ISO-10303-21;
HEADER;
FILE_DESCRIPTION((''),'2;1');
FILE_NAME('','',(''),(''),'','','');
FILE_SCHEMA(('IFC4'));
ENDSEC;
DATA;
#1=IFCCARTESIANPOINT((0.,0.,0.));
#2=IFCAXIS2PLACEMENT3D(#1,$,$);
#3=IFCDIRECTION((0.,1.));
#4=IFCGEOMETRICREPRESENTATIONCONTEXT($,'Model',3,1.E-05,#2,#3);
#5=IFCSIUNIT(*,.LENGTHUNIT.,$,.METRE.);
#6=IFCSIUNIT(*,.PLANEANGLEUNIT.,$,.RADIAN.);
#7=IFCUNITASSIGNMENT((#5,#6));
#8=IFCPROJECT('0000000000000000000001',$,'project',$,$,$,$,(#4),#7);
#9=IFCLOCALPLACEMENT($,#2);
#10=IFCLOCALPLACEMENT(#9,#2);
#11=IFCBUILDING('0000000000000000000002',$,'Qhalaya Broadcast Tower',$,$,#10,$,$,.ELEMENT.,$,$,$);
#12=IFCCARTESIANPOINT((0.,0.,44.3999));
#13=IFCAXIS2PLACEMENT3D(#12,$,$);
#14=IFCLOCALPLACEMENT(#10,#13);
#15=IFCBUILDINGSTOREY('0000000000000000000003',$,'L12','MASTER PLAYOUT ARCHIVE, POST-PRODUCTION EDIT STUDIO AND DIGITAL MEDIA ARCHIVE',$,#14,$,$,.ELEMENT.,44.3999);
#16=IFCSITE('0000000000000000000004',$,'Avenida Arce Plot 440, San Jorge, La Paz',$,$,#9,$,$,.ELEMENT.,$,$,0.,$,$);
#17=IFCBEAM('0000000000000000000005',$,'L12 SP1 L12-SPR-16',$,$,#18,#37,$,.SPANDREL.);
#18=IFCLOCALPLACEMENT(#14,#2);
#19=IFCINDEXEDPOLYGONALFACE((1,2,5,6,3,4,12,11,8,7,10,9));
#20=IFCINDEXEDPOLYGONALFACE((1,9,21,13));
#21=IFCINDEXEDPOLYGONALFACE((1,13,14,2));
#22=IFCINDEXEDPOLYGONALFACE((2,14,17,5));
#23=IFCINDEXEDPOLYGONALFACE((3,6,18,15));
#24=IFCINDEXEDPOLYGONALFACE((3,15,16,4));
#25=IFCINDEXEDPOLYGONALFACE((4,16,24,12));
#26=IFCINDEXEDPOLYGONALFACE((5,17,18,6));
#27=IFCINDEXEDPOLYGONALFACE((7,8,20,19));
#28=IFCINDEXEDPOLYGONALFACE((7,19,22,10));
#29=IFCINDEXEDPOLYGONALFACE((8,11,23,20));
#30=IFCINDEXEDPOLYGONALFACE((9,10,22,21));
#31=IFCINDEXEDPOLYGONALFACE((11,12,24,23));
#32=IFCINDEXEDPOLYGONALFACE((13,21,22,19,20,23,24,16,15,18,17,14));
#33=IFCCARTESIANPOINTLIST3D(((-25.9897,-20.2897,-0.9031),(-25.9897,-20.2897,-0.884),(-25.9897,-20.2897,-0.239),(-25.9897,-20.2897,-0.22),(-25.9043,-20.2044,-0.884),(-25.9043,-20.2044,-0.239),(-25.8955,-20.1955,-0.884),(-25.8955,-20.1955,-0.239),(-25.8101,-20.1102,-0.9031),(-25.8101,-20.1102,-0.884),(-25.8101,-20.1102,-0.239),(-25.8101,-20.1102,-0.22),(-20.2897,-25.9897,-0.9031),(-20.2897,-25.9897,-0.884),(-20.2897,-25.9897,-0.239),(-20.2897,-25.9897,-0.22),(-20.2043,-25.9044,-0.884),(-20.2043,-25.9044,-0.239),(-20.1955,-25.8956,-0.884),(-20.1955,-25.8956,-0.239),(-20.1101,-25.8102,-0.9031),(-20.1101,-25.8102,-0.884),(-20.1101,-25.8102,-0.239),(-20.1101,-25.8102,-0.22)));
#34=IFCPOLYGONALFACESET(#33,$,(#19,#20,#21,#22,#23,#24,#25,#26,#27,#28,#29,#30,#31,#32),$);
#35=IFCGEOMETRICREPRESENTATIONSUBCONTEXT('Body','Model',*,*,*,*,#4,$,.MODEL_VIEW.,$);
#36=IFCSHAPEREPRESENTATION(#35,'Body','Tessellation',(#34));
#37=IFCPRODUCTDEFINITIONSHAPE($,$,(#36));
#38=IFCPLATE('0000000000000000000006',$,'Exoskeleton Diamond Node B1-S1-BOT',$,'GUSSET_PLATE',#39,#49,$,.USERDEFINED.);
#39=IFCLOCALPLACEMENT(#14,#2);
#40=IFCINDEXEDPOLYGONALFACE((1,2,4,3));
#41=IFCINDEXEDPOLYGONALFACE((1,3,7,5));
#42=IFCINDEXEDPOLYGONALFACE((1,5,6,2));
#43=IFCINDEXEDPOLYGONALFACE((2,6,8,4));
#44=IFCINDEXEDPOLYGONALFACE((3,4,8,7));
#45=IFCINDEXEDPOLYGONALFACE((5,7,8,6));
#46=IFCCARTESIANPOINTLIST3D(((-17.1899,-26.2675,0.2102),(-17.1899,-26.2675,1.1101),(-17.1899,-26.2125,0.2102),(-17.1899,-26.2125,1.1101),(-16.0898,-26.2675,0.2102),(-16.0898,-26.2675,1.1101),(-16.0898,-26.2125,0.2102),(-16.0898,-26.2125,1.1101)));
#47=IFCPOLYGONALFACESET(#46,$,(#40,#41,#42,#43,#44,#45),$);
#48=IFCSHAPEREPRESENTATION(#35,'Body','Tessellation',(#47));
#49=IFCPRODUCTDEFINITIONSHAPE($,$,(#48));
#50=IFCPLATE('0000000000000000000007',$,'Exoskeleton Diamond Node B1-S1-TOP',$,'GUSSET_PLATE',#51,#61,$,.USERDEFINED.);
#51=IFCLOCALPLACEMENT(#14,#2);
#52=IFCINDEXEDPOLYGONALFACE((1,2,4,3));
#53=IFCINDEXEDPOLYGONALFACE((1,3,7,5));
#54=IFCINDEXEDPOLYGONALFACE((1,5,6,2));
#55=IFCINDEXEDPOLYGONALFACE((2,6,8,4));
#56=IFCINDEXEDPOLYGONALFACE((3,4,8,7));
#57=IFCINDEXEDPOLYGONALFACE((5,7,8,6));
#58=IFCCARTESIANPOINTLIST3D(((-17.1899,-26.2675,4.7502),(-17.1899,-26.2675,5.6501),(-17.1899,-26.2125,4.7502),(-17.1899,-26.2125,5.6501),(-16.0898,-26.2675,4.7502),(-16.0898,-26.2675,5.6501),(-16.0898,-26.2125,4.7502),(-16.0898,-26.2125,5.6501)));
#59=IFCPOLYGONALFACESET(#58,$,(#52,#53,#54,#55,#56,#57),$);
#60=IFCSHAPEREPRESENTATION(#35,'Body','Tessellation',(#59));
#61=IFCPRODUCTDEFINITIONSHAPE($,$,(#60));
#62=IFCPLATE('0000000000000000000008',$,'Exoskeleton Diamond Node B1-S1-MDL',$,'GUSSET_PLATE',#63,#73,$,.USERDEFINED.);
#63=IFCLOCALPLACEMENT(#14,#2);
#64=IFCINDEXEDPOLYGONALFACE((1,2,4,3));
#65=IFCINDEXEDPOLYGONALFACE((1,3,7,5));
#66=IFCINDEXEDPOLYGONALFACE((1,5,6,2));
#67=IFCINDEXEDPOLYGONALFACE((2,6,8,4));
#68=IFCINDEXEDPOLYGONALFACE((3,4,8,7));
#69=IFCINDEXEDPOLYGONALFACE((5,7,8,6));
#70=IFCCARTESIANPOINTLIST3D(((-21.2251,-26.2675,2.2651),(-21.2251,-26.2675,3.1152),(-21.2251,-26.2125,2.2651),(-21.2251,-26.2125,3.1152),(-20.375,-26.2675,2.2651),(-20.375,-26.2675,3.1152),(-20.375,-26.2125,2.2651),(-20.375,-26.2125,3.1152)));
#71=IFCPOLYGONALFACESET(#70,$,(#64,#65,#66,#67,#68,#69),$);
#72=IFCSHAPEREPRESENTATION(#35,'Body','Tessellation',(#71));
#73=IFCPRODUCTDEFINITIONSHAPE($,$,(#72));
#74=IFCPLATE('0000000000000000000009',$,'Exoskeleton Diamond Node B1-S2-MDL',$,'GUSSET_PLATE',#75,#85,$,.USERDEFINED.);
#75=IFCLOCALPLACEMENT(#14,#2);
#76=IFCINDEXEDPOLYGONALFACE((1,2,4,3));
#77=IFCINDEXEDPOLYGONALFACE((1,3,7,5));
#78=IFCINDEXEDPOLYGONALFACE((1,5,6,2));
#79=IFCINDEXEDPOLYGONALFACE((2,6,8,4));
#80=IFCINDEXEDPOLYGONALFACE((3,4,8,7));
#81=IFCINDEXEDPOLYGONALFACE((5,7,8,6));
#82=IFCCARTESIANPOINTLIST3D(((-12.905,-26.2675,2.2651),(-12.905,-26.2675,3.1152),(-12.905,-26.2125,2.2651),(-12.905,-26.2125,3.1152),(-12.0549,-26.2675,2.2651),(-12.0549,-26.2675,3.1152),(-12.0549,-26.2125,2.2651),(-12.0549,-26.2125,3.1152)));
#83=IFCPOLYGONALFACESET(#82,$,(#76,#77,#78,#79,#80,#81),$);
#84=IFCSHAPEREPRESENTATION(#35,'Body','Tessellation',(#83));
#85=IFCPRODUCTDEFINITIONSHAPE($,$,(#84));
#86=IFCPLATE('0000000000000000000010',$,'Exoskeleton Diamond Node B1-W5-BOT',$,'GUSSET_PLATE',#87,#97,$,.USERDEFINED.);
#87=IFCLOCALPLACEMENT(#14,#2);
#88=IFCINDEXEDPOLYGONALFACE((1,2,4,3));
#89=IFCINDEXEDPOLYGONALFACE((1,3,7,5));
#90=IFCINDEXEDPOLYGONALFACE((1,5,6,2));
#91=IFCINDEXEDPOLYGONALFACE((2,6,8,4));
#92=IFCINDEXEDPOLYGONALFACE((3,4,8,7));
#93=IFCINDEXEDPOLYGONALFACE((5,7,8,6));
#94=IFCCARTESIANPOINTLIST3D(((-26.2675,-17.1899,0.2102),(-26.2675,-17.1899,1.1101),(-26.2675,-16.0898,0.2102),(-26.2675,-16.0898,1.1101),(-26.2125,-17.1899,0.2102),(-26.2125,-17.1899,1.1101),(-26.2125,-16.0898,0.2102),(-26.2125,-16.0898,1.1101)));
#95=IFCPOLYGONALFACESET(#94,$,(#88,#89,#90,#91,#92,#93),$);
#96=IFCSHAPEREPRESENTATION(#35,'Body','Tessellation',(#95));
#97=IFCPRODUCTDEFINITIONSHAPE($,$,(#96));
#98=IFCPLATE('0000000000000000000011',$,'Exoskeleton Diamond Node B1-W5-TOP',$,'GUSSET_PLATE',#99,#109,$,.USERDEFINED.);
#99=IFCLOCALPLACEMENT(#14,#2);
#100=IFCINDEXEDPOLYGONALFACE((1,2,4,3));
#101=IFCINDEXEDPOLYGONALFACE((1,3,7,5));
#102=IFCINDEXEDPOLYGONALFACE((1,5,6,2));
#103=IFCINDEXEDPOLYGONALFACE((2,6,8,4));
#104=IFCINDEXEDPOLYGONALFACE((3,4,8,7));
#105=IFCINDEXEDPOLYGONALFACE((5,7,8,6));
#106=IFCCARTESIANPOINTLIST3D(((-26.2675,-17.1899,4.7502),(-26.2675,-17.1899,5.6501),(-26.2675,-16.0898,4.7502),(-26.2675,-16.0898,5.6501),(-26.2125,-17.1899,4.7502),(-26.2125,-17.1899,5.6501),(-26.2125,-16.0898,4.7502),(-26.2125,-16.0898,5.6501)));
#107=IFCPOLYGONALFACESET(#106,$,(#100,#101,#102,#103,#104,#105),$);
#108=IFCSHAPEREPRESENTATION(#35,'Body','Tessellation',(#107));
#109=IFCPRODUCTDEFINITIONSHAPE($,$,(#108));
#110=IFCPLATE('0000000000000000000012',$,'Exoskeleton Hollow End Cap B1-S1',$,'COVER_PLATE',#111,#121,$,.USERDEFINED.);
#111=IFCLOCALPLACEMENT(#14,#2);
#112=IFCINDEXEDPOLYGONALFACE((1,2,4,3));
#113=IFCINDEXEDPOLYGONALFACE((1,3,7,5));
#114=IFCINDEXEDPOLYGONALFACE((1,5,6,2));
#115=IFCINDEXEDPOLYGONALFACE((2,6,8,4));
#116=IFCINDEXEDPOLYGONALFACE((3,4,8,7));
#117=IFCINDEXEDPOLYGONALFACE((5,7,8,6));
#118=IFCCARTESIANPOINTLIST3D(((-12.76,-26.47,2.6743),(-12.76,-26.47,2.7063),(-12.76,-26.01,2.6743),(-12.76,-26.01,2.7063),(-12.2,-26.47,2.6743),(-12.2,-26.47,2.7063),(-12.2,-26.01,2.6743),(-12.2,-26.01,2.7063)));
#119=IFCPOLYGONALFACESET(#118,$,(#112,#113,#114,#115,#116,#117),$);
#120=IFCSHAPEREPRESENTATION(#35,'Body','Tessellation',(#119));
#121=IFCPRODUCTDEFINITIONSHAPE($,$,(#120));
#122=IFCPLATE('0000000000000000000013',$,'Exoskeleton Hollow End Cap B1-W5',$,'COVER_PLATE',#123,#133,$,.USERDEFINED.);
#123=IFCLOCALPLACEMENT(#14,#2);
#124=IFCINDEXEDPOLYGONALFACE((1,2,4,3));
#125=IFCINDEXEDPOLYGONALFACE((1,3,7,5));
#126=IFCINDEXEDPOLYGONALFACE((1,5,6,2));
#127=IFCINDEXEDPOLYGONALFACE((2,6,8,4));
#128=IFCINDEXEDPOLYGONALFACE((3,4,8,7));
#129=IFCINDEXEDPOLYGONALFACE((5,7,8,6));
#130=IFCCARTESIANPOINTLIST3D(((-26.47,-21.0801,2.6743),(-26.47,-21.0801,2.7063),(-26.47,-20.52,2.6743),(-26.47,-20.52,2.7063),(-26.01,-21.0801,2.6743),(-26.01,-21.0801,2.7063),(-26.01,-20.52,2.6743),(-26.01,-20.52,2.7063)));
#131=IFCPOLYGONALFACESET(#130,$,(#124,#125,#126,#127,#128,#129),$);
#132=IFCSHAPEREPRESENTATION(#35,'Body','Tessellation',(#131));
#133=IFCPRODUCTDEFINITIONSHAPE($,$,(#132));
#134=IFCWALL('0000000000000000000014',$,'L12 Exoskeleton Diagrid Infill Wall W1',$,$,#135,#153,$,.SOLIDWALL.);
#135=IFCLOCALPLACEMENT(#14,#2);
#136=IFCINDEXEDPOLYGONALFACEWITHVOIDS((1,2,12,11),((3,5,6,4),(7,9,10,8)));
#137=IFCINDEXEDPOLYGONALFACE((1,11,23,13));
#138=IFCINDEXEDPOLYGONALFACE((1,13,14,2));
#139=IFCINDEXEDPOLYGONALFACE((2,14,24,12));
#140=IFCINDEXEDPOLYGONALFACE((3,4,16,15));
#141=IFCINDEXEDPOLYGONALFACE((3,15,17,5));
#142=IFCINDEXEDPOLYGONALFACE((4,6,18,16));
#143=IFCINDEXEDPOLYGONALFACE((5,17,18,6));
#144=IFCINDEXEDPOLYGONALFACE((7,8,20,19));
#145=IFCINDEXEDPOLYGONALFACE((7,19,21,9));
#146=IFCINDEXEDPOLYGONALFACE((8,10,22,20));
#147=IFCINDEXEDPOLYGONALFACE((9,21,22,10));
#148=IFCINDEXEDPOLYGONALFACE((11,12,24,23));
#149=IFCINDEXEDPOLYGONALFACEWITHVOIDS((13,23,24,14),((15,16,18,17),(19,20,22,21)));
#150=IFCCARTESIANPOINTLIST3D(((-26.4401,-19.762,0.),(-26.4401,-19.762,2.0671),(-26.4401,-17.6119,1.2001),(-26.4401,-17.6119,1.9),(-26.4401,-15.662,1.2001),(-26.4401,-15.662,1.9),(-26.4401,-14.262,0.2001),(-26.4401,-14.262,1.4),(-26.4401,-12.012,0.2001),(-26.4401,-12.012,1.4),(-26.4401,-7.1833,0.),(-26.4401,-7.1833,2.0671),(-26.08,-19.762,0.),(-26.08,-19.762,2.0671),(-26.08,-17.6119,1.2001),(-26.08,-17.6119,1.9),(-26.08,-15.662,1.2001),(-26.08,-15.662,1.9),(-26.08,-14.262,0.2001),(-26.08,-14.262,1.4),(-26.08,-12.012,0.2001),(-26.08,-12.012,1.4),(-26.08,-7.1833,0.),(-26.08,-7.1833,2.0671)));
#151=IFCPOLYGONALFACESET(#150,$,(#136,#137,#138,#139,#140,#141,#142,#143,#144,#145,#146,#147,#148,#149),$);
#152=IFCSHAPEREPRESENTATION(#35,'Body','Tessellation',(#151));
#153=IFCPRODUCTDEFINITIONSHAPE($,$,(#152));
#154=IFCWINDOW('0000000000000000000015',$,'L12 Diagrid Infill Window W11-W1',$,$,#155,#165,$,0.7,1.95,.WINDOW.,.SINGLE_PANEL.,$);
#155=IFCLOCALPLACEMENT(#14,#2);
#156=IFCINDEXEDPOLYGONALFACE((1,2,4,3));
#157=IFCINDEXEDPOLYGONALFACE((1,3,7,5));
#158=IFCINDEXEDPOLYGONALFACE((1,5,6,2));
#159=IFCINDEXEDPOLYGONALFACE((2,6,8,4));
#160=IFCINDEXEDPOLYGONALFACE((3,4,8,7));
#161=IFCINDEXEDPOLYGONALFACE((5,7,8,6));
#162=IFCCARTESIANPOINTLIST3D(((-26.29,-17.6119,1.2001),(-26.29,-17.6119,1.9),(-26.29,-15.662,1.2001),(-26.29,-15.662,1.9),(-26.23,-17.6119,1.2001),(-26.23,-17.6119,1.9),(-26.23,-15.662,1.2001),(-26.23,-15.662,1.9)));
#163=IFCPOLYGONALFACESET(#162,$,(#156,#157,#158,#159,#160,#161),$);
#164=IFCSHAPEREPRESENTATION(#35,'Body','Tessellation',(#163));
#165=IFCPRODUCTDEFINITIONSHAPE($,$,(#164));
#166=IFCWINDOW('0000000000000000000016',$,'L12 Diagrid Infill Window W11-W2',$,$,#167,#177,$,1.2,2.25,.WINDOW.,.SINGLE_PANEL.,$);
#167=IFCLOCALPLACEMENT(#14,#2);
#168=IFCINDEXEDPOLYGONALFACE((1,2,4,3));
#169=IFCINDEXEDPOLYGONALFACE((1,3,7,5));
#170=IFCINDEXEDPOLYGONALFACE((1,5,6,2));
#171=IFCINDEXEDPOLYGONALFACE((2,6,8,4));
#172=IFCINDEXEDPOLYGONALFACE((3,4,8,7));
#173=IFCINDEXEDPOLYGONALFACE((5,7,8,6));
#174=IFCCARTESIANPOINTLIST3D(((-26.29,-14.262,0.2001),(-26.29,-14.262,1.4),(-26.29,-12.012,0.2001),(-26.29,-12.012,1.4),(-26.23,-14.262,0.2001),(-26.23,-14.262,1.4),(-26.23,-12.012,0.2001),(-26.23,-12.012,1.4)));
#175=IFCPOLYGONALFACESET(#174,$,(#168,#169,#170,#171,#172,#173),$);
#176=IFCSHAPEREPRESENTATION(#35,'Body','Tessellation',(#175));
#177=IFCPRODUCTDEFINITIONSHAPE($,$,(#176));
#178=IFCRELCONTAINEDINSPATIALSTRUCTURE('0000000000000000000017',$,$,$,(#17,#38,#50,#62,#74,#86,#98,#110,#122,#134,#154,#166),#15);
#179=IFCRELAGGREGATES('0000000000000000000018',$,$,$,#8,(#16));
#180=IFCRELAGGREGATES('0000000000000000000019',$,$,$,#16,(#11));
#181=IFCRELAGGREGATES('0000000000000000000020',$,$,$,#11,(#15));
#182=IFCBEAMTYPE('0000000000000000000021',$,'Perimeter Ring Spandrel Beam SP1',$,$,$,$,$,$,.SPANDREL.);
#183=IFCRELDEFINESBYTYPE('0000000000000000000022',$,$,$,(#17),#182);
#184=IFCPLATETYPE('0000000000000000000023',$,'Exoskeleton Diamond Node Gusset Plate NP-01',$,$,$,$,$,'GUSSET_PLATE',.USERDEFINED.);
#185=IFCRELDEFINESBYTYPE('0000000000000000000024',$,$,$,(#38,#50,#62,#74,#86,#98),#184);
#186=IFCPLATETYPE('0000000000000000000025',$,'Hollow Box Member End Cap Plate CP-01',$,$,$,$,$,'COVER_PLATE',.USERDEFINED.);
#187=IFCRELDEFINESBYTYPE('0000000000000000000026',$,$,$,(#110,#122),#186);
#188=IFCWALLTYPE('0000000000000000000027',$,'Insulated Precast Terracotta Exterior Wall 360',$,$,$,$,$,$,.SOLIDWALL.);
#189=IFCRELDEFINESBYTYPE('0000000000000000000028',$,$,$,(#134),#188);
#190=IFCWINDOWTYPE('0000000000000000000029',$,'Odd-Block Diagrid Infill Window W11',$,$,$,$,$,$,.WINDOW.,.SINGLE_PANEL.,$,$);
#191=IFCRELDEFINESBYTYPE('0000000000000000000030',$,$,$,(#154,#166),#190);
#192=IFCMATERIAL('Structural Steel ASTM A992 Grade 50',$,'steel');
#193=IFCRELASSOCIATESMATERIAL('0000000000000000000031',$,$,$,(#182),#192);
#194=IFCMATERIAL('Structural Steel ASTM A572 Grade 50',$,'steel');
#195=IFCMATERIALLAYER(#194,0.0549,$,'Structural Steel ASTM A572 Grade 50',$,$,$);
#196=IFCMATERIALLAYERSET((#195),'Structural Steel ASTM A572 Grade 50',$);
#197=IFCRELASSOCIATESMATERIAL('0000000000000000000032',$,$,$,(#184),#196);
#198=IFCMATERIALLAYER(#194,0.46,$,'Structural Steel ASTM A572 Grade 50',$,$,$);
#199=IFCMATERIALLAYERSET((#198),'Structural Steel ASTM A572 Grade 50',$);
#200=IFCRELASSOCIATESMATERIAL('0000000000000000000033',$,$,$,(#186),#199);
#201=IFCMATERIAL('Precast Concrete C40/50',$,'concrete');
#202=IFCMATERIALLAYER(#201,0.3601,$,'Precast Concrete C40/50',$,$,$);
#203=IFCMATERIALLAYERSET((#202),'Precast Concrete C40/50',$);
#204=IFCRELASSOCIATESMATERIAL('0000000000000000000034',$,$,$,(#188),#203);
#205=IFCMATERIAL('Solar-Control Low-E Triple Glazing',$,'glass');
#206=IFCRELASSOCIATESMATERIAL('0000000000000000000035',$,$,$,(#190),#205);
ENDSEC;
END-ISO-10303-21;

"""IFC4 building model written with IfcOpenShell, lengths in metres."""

from ifc_helpers import new_model, si_unit, direction, frame, frame_2d, origin, origin_2d, place, context, subcontext, project, spatial, rectangle, i_section, extrude, material, layer, layer_set, material_profile, profile_set, type_object, element, fill, save


model = new_model("IFC4")

# Units and contexts
model_context = context("Model", 3, precision=1e-05, world=origin(), true_north=direction((0.0, 1.0)))
body_context = subcontext(model_context, "Body", "Model", "MODEL_VIEW")
ifc_project = project(units=[si_unit("LENGTHUNIT", "METRE"), si_unit("PLANEANGLEUNIT", "RADIAN")], contexts=[model_context])

# Site, building, storey
site_placement = place(None, origin())
site = spatial("IfcSite", under=ifc_project, at=site_placement, Name="Avenida Arce Plot 440, San Jorge, La Paz", CompositionType="ELEMENT", RefElevation=0.0)
building_placement = place(site_placement, origin())
building = spatial("IfcBuilding", under=site, at=building_placement, Name="Qhalaya Broadcast Tower", CompositionType="ELEMENT")
storey_placement = place(building_placement, frame((0.0, 0.0, 44.3999)))
storey = spatial("IfcBuildingStorey", under=building, at=storey_placement, Name="L12", Description="MASTER PLAYOUT ARCHIVE, POST-PRODUCTION EDIT STUDIO AND DIGITAL MEDIA ARCHIVE", CompositionType="ELEMENT", Elevation=44.3999)

# Shared definitions
ifc_material_1 = material(Name="Structural Steel ASTM A572 Grade 50", Category="steel")

# Beam
ifc_material_2 = material(Name="Structural Steel ASTM A992 Grade 50", Category="steel")
ifc_material_profile_1 = material_profile(ifc_material_2, i_section(OverallWidth=0.2539, OverallDepth=0.6831, WebThickness=0.0125, FlangeThickness=0.019, at=origin_2d()), Name="W27X94")
ifc_profile_set_1 = profile_set([ifc_material_profile_1], Name="Structural Steel ASTM A992 Grade 50")
beam_type = type_object("IfcBeamType", Name="Perimeter Ring Spandrel Beam SP1", PredefinedType="SPANDREL", material=ifc_profile_set_1)
beam_1_placement = place(storey_placement, frame((-25.8999, -20.2, -0.5615), z_axis=(0.707107, -0.707107, 0.0), x_axis=(0.707107, 0.707107, 0.0)))
element("IfcBeam", 1, at=beam_1_placement, inside=storey, type_object=beam_type, Name="L12 SP1 L12-SPR-16", PredefinedType="SPANDREL", context=body_context, shape_type="SweptSolid", body=[
    extrude(i_section(OverallWidth=0.2539, OverallDepth=0.6831, WebThickness=0.0125, FlangeThickness=0.019, at=origin_2d()), origin(), (0.0, 0.0, 1.0), 8.061),
])

# Plates
ifc_layer_1 = layer(ifc_material_1, 0.0549, Name="Structural Steel ASTM A572 Grade 50")
ifc_layer_set_1 = layer_set([ifc_layer_1], Name="Structural Steel ASTM A572 Grade 50")
plate_type_1 = type_object("IfcPlateType", Name="Exoskeleton Diamond Node Gusset Plate NP-01", ElementType="GUSSET_PLATE", PredefinedType="USERDEFINED", material=ifc_layer_set_1)
for number, where, z_axis, x_axis, name in (
    (2, (-16.6399, -26.24, 0.2102), (0.0, 0.0, 1.0), (1.0, 0.0, 0.0), "Exoskeleton Diamond Node B1-S1-BOT"),
    (3, (-16.6399, -26.24, 4.7502), (0.0, 0.0, 1.0), (1.0, 0.0, 0.0), "Exoskeleton Diamond Node B1-S1-TOP"),
):
    element("IfcPlate", number, at=place(storey_placement, frame(where, z_axis=z_axis, x_axis=x_axis)), inside=storey, type_object=plate_type_1, Name=name, ObjectType="GUSSET_PLATE", PredefinedType="USERDEFINED", context=body_context, shape_type="SweptSolid", body=[
        extrude(rectangle(XDim=1.1001, YDim=0.0549, at=origin_2d()), origin(), (0.0, 0.0, 1.0), 0.8999),
    ])
for number, where, z_axis, x_axis, name in (
    (4, (-20.8, -26.24, 2.2651), (0.0, 0.0, 1.0), (1.0, 0.0, 0.0), "Exoskeleton Diamond Node B1-S1-MDL"),
    (5, (-12.48, -26.24, 2.2651), (0.0, 0.0, 1.0), (1.0, 0.0, 0.0), "Exoskeleton Diamond Node B1-S2-MDL"),
):
    element("IfcPlate", number, at=place(storey_placement, frame(where, z_axis=z_axis, x_axis=x_axis)), inside=storey, type_object=plate_type_1, Name=name, ObjectType="GUSSET_PLATE", PredefinedType="USERDEFINED", context=body_context, shape_type="SweptSolid", body=[
        extrude(rectangle(XDim=0.8501, YDim=0.0549, at=origin_2d()), origin(), (0.0, 0.0, 1.0), 0.8501),
    ])
for number, where, z_axis, x_axis, name in (
    (6, (-26.24, -16.6399, 0.2102), (0.0, 0.0, 1.0), (0.0, 1.0, 0.0), "Exoskeleton Diamond Node B1-W5-BOT"),
    (7, (-26.24, -16.6399, 4.7502), (0.0, 0.0, 1.0), (0.0, 1.0, 0.0), "Exoskeleton Diamond Node B1-W5-TOP"),
):
    element("IfcPlate", number, at=place(storey_placement, frame(where, z_axis=z_axis, x_axis=x_axis)), inside=storey, type_object=plate_type_1, Name=name, ObjectType="GUSSET_PLATE", PredefinedType="USERDEFINED", context=body_context, shape_type="SweptSolid", body=[
        extrude(rectangle(XDim=1.1001, YDim=0.0549, at=origin_2d()), origin(), (0.0, 0.0, 1.0), 0.8999),
    ])
ifc_layer_2 = layer(ifc_material_1, 0.46, Name="Structural Steel ASTM A572 Grade 50")
ifc_layer_set_2 = layer_set([ifc_layer_2], Name="Structural Steel ASTM A572 Grade 50")
plate_type_2 = type_object("IfcPlateType", Name="Hollow Box Member End Cap Plate CP-01", ElementType="COVER_PLATE", PredefinedType="USERDEFINED", material=ifc_layer_set_2)
for number, where, z_axis, x_axis, name in (
    (8, (-12.48, -26.24, 2.6743), (0.0, 0.0, 1.0), (1.0, 0.0, 0.0), "Exoskeleton Hollow End Cap B1-S1"),
    (9, (-26.24, -20.8, 2.6743), (0.0, 0.0, 1.0), (0.0, 1.0, 0.0), "Exoskeleton Hollow End Cap B1-W5"),
):
    element("IfcPlate", number, at=place(storey_placement, frame(where, z_axis=z_axis, x_axis=x_axis)), inside=storey, type_object=plate_type_2, Name=name, ObjectType="COVER_PLATE", PredefinedType="USERDEFINED", context=body_context, shape_type="SweptSolid", body=[
        extrude(rectangle(XDim=0.5601, YDim=0.46, at=origin_2d()), origin(), (0.0, 0.0, 1.0), 0.032),
    ])

# Wall, openings, windows
ifc_material_3 = material(Name="Precast Concrete C40/50", Category="concrete")
ifc_layer_3 = layer(ifc_material_3, 0.3601, Name="Precast Concrete C40/50")
ifc_layer_set_3 = layer_set([ifc_layer_3], Name="Precast Concrete C40/50")
wall_type = type_object("IfcWallType", Name="Insulated Precast Terracotta Exterior Wall 360", PredefinedType="SOLIDWALL", material=ifc_layer_set_3)
wall_placement = place(storey_placement, frame((-26.26, -19.762, 0.0), z_axis=(0.0, 0.0, 1.0), x_axis=(0.0, 1.0, 0.0)))
wall = element("IfcWall", 10, at=wall_placement, inside=storey, type_object=wall_type, Name="L12 Exoskeleton Diagrid Infill Wall W1", PredefinedType="SOLIDWALL", context=body_context, shape_type="SweptSolid", body=[
    extrude(rectangle(XDim=12.5786, YDim=0.3601, at=frame_2d((6.2893, 0.0))), origin(), (0.0, 0.0, 1.0), 2.0671),
])
opening_1_placement = place(wall_placement, frame((2.1499, 0.0, 1.2)))
opening_1 = element("IfcOpeningElement", 11, at=opening_1_placement, cuts=wall, PredefinedType="OPENING", context=body_context, shape_type="SweptSolid", body=[
    extrude(rectangle(XDim=1.95, YDim=0.7, at=frame_2d((0.9751, 0.3501))), frame((0.0, 0.1921, 0.0), z_axis=(0.0, -1.0, 0.0), x_axis=(1.0, 0.0, 0.0)), (0.0, 0.0, 1.0), 0.384),
])
opening_2_placement = place(wall_placement, frame((5.5, 0.0, 0.2)))
opening_2 = element("IfcOpeningElement", 12, at=opening_2_placement, cuts=wall, PredefinedType="OPENING", context=body_context, shape_type="SweptSolid", body=[
    extrude(rectangle(XDim=2.25, YDim=1.2, at=frame_2d((1.125, 0.6001))), frame((0.0, 0.1921, 0.0), z_axis=(0.0, -1.0, 0.0), x_axis=(1.0, 0.0, 0.0)), (0.0, 0.0, 1.0), 0.384),
])
ifc_material_4 = material(Name="Solar-Control Low-E Triple Glazing", Category="glass")
window_type = type_object("IfcWindowType", Name="Odd-Block Diagrid Infill Window W11", PartitioningType="SINGLE_PANEL", PredefinedType="WINDOW", material=ifc_material_4)
window_1_placement = place(opening_1_placement, origin())
window_1 = element("IfcWindow", 13, at=window_1_placement, inside=storey, type_object=window_type, Name="L12 Diagrid Infill Window W11-W1", OverallHeight=0.7, OverallWidth=1.95, PartitioningType="SINGLE_PANEL", PredefinedType="WINDOW", context=body_context, shape_type="SweptSolid", body=[
    extrude(rectangle(XDim=1.95, YDim=0.7, at=frame_2d((0.9751, 0.3501))), frame((0.0, 0.03, 0.0), z_axis=(0.0, -1.0, 0.0), x_axis=(1.0, 0.0, 0.0)), (0.0, 0.0, 1.0), 0.0601),
])
fill(opening_1, window_1)
window_2_placement = place(opening_2_placement, origin())
window_2 = element("IfcWindow", 14, at=window_2_placement, inside=storey, type_object=window_type, Name="L12 Diagrid Infill Window W11-W2", OverallHeight=1.2, OverallWidth=2.25, PartitioningType="SINGLE_PANEL", PredefinedType="WINDOW", context=body_context, shape_type="SweptSolid", body=[
    extrude(rectangle(XDim=2.25, YDim=1.2, at=frame_2d((1.125, 0.6001))), frame((0.0, 0.03, 0.0), z_axis=(0.0, -1.0, 0.0), x_axis=(1.0, 0.0, 0.0)), (0.0, 0.0, 1.0), 0.0601),
])
fill(opening_2, window_2)

save(model, "model.ifc")
